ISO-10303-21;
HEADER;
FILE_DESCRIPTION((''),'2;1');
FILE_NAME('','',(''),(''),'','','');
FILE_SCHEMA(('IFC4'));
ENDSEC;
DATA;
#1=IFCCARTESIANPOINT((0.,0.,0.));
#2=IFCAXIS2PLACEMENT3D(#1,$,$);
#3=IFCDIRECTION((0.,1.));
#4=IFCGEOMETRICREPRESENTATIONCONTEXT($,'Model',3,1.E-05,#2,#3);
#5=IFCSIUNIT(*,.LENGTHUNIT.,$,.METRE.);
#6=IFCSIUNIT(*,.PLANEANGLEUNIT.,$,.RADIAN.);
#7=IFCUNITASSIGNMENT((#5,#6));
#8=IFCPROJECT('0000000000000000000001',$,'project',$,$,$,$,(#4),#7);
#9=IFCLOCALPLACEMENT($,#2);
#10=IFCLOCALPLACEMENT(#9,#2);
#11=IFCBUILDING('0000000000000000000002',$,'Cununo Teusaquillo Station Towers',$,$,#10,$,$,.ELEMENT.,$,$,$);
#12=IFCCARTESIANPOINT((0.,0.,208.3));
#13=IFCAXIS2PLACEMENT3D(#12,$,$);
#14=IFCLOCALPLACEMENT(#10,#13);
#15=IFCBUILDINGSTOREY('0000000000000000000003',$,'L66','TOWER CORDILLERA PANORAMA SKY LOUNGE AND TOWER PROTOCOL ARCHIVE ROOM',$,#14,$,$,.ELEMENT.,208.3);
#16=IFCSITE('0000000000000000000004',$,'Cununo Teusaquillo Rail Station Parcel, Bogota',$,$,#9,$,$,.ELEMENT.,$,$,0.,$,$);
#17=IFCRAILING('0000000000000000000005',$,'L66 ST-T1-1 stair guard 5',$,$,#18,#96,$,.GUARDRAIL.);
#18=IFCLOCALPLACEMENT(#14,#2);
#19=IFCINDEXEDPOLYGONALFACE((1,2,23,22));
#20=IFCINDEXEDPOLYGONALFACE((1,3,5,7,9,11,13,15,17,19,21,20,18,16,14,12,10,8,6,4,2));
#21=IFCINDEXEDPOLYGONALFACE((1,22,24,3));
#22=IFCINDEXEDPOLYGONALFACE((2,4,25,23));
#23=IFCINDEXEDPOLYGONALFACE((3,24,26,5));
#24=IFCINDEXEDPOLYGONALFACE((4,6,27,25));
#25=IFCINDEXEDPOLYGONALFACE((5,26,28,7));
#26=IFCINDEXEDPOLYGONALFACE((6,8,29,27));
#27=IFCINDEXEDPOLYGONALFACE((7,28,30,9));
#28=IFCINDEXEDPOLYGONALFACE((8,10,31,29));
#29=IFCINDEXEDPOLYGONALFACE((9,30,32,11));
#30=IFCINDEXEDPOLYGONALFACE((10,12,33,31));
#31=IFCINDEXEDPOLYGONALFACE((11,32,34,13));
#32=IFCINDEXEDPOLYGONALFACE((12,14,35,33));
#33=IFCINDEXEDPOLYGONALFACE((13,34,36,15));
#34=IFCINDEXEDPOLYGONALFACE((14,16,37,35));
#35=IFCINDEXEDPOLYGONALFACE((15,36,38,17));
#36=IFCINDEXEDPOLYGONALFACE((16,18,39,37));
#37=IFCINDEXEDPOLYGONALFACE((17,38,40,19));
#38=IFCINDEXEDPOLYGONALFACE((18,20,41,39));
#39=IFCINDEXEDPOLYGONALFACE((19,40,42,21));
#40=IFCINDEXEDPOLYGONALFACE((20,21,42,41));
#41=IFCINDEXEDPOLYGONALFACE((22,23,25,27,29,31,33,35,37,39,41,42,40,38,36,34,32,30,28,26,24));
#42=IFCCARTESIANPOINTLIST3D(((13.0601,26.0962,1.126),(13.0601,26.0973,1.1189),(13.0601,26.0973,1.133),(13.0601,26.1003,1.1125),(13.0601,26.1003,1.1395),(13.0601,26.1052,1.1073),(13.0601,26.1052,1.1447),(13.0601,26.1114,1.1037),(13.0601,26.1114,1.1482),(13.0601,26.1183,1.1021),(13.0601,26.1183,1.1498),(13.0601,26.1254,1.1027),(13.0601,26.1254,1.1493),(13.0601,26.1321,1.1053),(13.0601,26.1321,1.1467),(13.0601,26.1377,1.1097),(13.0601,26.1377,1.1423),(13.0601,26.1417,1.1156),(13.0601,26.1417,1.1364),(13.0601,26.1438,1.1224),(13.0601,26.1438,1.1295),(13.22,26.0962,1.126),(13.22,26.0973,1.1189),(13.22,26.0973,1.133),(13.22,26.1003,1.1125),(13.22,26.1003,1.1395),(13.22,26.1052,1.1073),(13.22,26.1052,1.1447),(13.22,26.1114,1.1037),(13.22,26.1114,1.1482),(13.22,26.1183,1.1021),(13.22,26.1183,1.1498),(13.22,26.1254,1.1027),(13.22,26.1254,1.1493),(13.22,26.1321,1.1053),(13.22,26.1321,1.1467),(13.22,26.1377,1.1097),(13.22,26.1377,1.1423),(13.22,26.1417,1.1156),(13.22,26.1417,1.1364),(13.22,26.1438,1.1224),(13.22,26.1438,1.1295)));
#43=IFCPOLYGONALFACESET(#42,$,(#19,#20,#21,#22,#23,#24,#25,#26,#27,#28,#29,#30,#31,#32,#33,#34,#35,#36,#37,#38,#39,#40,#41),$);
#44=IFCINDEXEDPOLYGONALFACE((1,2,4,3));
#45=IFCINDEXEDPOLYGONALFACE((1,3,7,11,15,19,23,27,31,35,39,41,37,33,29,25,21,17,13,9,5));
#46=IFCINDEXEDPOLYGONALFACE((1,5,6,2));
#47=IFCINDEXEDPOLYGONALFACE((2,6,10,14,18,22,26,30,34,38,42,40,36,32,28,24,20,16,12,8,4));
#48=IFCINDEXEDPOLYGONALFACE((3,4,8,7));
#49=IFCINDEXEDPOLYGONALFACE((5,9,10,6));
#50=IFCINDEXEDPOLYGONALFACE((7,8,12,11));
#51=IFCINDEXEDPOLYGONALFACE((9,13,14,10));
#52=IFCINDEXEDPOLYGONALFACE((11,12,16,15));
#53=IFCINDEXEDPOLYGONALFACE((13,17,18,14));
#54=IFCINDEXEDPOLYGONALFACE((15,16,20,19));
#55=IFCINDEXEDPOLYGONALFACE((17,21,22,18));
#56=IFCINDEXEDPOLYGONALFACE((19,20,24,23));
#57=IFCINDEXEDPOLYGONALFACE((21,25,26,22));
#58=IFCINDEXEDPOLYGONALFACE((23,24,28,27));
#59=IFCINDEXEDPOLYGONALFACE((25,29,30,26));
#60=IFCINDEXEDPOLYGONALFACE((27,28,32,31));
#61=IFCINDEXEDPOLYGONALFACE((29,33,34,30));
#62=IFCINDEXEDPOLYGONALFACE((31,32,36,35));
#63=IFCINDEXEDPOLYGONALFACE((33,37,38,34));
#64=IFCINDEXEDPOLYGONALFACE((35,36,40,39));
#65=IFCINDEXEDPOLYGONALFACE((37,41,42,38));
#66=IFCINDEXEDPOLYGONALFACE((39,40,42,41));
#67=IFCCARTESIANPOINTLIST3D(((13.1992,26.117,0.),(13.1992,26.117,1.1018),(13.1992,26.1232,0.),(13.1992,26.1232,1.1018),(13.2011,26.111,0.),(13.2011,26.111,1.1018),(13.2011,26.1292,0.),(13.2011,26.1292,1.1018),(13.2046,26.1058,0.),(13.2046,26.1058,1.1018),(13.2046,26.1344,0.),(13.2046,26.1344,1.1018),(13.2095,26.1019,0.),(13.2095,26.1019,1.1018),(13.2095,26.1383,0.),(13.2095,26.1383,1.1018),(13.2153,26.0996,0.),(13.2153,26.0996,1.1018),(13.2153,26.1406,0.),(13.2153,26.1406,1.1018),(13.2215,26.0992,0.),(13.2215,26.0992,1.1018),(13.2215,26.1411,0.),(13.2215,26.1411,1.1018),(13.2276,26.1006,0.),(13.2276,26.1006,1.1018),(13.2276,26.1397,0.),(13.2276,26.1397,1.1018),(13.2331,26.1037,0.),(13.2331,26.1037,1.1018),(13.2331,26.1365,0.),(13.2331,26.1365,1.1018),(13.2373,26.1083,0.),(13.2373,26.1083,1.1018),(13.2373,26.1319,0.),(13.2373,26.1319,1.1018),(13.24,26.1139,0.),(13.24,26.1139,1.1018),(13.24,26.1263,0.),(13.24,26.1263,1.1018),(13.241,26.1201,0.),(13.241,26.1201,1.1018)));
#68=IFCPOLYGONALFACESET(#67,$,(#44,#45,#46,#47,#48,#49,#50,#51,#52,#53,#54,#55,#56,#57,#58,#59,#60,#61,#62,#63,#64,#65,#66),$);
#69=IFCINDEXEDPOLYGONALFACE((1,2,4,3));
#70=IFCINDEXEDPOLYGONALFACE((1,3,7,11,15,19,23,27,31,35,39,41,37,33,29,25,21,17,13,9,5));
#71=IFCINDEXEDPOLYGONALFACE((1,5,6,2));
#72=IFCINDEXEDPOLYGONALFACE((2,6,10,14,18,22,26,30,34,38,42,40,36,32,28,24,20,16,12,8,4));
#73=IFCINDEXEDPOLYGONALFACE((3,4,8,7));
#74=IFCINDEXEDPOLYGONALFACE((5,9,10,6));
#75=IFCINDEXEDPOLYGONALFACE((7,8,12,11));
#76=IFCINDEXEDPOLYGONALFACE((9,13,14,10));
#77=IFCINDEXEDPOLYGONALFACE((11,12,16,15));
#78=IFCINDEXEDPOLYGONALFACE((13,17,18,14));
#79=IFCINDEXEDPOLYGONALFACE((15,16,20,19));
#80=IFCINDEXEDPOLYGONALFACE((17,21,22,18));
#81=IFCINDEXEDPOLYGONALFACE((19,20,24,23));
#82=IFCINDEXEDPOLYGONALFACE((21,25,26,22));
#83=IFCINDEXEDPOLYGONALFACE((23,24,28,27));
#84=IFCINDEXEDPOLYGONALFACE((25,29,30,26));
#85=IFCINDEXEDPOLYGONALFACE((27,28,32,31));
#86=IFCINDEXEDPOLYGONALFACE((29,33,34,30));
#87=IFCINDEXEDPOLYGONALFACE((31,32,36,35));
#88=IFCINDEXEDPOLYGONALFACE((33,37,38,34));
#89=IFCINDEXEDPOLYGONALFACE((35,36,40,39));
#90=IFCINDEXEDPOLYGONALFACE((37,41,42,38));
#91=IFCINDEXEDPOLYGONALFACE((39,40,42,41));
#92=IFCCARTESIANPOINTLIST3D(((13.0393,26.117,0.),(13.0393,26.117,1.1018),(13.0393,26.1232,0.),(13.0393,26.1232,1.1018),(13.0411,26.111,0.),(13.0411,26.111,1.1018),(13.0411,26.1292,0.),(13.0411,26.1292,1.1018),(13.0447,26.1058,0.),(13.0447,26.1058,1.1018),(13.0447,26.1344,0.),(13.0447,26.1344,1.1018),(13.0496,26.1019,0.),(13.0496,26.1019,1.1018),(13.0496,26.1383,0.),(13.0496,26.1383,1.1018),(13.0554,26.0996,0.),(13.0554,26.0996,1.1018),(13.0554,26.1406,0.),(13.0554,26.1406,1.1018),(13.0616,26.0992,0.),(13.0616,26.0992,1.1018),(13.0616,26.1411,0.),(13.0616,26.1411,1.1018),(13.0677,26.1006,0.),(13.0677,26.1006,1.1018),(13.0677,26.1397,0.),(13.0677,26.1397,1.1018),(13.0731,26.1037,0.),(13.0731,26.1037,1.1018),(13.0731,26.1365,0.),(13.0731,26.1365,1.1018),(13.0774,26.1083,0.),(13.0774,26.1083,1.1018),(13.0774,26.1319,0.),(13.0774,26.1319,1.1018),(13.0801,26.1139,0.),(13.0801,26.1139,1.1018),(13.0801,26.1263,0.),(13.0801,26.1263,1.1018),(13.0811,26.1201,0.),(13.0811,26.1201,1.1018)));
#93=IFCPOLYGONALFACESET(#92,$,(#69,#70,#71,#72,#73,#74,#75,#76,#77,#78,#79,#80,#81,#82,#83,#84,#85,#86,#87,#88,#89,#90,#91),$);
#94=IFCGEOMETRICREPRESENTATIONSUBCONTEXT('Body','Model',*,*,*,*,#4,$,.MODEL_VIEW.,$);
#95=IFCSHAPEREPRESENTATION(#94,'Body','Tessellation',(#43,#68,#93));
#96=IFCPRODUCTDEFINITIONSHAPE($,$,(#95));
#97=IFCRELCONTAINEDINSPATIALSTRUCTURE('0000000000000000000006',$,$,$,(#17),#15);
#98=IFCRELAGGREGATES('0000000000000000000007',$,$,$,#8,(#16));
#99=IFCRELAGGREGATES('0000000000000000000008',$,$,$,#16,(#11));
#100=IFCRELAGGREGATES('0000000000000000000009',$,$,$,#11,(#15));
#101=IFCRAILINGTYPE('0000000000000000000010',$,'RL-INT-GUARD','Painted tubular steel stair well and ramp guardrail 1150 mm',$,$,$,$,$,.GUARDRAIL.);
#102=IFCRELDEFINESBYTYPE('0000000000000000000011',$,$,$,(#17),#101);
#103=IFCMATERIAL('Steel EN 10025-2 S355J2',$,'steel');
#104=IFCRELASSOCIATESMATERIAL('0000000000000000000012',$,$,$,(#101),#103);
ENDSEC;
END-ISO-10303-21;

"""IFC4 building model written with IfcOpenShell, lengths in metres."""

from ifc_helpers import new_model, si_unit, direction, frame, origin, origin_2d, place, context, subcontext, project, spatial, circle, extrude, material, type_object, element, save


model = new_model("IFC4")

# Units and contexts
model_context = context("Model", 3, precision=1e-05, world=origin(), true_north=direction((0.0, 1.0)))
body_context = subcontext(model_context, "Body", "Model", "MODEL_VIEW")
ifc_project = project(units=[si_unit("LENGTHUNIT", "METRE"), si_unit("PLANEANGLEUNIT", "RADIAN")], contexts=[model_context])

# Site, building, storey
site_placement = place(None, origin())
site = spatial("IfcSite", under=ifc_project, at=site_placement, Name="Cununo Teusaquillo Rail Station Parcel, Bogota", CompositionType="ELEMENT", RefElevation=0.0)
building_placement = place(site_placement, origin())
building = spatial("IfcBuilding", under=site, at=building_placement, Name="Cununo Teusaquillo Station Towers", CompositionType="ELEMENT")
storey_placement = place(building_placement, frame((0.0, 0.0, 208.3)))
storey = spatial("IfcBuildingStorey", under=building, at=storey_placement, Name="L66", Description="TOWER CORDILLERA PANORAMA SKY LOUNGE AND TOWER PROTOCOL ARCHIVE ROOM", CompositionType="ELEMENT", Elevation=208.3)

# Railing
ifc_material_1 = material(Name="Steel EN 10025-2 S355J2", Category="steel")
railing_type_1 = type_object("IfcRailingType", Name="RL-INT-GUARD", Description="Painted tubular steel stair well and ramp guardrail 1150 mm", PredefinedType="GUARDRAIL", material=ifc_material_1)
railing_1_placement = place(storey_placement, frame((13.22, 26.1201, 0.0)))
element("IfcRailing", 1, at=railing_1_placement, inside=storey, type_object=railing_type_1, Name="L66 ST-T1-1 stair guard 5", PredefinedType="GUARDRAIL", context=body_context, shape_type="SweptSolid", body=[
    extrude(circle(Radius=0.0239, at=origin_2d()), frame((0.0, 0.0, 1.126), z_axis=(-1.0, 0.0, 0.0), x_axis=(0.0, -1.0, 0.0)), (0.0, 0.0, 1.0), 0.1599),
    extrude(circle(Radius=0.021, at=origin_2d()), origin(), (0.0, 0.0, 1.0), 1.1018),
    extrude(circle(Radius=0.021, at=origin_2d()), frame((-0.1599, 0.0, 0.0)), (0.0, 0.0, 1.0), 1.1018),
])

save(model, "model.ifc")
